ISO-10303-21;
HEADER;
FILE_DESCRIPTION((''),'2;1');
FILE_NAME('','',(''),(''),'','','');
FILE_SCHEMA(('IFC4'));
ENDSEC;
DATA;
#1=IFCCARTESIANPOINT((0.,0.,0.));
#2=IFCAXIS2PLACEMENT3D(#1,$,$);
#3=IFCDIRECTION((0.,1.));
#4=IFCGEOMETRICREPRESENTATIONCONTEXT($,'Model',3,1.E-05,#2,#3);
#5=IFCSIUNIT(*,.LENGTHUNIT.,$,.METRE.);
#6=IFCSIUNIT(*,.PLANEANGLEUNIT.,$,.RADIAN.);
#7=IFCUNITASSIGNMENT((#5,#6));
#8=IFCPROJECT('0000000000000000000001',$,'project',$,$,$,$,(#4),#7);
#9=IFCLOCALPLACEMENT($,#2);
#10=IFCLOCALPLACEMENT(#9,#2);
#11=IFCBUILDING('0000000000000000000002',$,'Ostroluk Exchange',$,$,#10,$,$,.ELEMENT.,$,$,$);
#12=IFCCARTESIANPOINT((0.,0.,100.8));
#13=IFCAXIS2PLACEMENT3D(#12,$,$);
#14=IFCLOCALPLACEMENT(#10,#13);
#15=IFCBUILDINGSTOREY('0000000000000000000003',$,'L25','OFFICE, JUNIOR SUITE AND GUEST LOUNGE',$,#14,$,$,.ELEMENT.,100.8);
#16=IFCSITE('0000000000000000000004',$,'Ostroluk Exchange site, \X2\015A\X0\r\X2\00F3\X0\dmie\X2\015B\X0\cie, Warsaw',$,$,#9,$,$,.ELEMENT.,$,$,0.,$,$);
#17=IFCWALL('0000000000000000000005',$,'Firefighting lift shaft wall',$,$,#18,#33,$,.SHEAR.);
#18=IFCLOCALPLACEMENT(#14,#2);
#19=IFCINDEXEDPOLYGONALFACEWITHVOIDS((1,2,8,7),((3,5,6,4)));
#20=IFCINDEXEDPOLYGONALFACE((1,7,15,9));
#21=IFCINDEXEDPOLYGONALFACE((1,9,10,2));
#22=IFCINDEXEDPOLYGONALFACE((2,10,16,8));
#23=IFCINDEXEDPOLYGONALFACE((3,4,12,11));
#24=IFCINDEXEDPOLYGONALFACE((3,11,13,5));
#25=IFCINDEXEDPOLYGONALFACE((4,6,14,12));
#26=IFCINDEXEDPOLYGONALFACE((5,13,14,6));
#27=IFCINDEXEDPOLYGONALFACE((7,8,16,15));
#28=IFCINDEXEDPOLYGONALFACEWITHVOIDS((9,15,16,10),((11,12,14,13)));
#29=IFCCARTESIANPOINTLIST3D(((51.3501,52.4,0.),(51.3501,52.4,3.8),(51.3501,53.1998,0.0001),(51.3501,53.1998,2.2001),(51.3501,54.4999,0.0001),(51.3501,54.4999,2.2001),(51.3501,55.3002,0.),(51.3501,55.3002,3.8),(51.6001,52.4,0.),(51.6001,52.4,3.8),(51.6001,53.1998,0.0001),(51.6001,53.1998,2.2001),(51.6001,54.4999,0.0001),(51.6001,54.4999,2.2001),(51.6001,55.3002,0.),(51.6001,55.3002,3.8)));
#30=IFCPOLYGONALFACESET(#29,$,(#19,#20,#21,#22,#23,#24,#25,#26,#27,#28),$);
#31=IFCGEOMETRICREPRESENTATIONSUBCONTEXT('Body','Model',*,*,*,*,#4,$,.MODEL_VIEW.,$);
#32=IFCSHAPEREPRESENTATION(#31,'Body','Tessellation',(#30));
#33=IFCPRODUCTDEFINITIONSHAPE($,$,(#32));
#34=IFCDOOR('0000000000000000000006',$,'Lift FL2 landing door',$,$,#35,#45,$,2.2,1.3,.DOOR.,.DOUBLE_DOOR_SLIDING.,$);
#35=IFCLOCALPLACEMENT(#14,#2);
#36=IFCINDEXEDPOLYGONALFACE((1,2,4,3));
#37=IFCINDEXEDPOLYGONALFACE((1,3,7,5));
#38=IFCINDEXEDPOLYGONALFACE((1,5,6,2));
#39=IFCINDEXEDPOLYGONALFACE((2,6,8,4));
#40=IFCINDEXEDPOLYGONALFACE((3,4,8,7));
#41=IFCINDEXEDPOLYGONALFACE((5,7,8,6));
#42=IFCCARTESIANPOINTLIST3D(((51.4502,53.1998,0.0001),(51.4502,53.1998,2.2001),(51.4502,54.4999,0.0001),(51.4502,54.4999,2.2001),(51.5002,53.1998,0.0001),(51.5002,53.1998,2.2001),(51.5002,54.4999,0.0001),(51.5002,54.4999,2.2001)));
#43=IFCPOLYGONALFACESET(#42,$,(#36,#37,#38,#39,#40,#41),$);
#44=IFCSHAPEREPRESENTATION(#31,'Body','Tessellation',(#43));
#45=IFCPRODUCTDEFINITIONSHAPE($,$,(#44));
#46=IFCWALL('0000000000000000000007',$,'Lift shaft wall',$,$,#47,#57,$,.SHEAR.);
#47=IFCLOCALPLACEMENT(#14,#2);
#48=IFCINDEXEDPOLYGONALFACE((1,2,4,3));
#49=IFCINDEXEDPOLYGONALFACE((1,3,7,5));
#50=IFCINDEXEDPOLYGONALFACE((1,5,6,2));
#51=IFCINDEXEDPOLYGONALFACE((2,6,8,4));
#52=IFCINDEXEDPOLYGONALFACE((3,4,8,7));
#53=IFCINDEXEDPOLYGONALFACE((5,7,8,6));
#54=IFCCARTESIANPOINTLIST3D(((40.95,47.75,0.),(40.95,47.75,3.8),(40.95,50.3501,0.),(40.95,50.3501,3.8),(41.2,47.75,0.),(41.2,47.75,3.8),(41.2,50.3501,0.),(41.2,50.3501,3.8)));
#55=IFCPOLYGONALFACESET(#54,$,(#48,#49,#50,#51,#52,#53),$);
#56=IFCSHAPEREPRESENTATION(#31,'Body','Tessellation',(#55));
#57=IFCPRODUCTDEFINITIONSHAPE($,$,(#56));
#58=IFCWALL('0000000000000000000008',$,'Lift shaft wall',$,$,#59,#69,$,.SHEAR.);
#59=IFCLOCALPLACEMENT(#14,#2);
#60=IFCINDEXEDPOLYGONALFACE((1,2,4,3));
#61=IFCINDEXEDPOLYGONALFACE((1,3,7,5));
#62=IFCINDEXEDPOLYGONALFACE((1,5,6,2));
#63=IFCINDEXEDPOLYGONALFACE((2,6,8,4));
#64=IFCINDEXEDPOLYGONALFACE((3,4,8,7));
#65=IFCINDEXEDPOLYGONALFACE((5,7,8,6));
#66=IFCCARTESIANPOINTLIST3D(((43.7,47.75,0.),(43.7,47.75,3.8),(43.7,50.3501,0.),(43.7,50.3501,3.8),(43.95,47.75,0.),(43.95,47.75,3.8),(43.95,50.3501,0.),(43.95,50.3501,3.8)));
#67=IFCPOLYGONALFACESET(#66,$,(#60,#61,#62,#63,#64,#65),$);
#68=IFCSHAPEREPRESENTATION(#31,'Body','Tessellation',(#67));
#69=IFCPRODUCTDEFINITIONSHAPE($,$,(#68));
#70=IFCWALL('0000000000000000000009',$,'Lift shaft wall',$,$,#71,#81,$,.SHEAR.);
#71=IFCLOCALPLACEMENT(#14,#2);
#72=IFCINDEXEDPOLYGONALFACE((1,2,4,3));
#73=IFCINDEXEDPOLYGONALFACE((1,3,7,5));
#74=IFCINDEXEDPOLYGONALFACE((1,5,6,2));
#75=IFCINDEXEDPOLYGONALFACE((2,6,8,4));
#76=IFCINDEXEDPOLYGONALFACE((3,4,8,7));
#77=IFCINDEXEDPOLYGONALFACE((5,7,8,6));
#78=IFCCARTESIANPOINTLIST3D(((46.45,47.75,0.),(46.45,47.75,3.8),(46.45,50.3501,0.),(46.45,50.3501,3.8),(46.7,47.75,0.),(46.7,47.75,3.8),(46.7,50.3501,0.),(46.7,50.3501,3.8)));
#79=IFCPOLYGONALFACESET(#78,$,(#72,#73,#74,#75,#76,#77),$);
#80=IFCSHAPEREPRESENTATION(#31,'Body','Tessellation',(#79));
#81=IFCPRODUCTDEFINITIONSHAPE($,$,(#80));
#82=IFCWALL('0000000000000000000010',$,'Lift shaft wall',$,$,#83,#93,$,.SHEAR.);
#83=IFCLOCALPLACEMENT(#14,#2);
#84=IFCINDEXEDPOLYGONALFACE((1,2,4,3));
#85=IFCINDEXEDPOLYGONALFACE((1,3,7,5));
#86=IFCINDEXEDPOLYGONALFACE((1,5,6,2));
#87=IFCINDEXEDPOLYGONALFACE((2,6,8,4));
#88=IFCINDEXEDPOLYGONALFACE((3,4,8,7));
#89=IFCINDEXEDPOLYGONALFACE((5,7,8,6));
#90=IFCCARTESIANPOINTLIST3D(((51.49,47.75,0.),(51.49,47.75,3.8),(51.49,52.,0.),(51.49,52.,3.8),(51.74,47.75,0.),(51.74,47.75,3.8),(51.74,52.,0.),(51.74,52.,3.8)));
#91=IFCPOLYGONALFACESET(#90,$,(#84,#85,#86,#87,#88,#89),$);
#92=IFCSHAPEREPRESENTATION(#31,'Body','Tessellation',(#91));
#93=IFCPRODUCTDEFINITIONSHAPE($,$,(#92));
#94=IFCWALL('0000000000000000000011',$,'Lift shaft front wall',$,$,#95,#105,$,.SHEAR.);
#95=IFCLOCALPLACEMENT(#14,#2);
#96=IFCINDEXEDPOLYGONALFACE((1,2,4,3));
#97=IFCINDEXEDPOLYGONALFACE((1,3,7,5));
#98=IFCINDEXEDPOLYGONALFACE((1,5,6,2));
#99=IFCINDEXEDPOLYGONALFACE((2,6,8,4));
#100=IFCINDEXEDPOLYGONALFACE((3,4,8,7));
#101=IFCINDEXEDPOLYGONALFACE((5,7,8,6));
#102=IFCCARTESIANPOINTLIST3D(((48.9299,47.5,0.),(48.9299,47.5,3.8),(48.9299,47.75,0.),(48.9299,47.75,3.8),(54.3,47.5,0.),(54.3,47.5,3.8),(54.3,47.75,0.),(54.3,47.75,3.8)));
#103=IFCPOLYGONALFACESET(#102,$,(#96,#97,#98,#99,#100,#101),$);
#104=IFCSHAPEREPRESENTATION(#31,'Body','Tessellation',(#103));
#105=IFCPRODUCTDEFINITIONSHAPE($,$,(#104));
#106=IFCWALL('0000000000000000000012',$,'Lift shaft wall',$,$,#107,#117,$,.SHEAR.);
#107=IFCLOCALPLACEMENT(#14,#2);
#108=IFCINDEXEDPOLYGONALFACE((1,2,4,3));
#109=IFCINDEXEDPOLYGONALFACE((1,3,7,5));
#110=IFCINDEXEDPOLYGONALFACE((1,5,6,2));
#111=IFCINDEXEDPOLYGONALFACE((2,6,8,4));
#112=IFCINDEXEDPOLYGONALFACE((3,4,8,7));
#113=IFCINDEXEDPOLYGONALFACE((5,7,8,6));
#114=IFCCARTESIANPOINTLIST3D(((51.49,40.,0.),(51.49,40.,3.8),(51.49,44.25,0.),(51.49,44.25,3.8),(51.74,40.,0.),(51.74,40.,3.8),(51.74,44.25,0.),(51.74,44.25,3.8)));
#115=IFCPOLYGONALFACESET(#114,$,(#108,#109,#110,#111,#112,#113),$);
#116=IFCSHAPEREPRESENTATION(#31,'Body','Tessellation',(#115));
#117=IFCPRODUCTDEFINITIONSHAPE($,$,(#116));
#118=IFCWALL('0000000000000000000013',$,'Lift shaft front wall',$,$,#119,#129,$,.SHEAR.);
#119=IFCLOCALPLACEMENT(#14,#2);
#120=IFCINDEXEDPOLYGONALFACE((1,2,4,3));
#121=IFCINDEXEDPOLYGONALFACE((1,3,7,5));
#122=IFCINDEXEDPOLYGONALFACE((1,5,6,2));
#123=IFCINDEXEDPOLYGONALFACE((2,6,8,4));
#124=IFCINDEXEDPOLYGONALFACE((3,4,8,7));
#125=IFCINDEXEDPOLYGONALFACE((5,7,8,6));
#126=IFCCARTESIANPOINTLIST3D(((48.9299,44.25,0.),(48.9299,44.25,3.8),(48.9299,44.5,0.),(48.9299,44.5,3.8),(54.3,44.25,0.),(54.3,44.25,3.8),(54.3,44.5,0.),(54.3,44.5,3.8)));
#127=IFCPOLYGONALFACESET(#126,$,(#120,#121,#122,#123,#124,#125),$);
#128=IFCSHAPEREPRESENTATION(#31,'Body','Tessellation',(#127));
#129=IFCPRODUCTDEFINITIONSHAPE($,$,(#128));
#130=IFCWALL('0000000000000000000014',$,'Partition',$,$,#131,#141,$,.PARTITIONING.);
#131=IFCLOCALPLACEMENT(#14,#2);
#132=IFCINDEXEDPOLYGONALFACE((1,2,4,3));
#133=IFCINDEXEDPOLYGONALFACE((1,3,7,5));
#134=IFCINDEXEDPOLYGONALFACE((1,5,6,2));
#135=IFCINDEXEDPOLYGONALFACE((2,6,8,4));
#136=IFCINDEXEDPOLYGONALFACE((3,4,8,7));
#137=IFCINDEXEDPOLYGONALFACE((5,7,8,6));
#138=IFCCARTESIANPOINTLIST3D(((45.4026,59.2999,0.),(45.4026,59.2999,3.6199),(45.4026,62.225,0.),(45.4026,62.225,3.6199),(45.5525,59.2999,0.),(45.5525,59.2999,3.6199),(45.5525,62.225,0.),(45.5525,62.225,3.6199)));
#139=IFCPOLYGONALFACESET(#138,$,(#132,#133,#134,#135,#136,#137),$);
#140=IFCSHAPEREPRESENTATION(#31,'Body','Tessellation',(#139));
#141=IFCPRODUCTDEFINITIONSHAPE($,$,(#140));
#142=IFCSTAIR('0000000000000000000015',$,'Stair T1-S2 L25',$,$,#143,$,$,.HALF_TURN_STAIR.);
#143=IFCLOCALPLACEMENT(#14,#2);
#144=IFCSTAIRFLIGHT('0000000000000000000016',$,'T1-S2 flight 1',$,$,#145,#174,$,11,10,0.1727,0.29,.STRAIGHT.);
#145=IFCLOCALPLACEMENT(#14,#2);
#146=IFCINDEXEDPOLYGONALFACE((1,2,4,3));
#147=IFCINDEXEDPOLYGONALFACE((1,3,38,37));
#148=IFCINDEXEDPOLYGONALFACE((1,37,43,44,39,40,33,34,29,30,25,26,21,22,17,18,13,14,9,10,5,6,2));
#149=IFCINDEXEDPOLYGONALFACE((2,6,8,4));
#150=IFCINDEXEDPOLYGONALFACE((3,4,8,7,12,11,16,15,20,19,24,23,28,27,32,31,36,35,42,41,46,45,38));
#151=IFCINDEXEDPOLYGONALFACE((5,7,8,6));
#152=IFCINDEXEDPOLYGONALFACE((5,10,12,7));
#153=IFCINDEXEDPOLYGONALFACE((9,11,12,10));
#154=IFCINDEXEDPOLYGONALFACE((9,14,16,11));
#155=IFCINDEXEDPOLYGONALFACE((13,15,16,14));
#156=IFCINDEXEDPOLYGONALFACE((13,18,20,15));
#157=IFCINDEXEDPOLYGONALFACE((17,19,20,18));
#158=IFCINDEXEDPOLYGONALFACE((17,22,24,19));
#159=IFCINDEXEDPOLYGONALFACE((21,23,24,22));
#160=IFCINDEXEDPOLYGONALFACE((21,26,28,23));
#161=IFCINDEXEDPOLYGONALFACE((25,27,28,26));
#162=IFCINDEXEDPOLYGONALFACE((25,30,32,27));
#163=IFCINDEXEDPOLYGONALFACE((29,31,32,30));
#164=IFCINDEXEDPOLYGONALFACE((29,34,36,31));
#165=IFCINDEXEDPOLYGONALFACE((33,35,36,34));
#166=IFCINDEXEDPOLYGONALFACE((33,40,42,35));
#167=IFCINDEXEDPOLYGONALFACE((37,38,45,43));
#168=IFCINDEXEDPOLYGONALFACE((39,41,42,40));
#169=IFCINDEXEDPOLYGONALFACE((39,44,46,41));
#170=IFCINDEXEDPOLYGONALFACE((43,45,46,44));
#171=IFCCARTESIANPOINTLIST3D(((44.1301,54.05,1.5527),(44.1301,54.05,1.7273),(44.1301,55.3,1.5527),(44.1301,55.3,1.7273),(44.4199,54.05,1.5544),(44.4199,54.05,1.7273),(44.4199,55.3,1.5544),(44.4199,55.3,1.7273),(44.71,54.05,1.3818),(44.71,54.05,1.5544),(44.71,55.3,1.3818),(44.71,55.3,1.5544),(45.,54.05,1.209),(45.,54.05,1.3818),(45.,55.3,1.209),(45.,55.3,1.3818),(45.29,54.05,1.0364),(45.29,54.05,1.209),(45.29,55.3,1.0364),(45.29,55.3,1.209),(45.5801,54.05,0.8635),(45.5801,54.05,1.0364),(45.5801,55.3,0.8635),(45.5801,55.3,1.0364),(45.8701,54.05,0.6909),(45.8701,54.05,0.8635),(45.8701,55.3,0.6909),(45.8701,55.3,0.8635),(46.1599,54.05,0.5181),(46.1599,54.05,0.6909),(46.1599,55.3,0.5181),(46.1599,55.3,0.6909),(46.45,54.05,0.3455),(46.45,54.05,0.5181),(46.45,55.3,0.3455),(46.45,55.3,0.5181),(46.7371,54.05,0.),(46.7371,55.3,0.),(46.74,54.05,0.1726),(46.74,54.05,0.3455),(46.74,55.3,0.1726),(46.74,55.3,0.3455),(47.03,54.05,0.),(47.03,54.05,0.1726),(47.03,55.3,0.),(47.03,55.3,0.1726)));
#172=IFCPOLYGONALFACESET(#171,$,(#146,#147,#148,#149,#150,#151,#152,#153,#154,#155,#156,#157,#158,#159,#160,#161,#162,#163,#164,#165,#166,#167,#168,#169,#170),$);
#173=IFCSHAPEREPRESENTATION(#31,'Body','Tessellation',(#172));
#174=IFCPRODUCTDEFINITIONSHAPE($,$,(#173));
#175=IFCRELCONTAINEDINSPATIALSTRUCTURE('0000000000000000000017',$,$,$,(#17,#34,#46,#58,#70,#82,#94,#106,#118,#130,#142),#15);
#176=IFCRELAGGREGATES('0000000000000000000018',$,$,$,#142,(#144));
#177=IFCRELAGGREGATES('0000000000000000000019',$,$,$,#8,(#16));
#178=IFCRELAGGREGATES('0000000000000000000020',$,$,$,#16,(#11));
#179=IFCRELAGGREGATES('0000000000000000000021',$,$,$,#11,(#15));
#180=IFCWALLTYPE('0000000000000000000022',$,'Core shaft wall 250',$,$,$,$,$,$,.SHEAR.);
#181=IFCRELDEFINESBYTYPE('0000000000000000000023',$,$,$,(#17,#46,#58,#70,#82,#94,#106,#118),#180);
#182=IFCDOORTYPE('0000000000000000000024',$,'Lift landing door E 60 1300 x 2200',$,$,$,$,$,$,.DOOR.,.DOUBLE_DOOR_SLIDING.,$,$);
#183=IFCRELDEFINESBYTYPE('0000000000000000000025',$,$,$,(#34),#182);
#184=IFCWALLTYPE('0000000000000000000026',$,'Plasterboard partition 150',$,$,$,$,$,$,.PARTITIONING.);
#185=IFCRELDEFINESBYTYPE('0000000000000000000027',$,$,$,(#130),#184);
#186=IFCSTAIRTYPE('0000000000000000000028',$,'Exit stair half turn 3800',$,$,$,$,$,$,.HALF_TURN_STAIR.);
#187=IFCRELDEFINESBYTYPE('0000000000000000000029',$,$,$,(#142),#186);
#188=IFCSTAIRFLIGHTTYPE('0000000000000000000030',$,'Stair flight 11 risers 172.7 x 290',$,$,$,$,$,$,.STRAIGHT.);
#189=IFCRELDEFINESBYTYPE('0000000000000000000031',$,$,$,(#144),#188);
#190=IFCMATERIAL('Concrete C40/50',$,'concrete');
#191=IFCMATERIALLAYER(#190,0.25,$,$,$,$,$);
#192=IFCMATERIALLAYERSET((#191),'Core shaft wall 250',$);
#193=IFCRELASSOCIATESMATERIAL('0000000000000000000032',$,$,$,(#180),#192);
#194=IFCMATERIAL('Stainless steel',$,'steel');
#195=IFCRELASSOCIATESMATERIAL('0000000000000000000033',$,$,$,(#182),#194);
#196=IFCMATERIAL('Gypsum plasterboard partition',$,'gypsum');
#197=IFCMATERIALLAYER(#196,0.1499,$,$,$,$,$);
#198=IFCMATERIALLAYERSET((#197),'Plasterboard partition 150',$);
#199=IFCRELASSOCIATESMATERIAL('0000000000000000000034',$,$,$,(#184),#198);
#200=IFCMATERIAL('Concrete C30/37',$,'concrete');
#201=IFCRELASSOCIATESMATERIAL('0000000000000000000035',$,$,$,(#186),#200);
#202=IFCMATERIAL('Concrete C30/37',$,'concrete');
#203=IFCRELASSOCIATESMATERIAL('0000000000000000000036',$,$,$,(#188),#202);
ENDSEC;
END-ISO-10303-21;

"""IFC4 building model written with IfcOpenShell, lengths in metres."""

from ifc_helpers import new_model, si_unit, direction, frame, frame_2d, origin, place, context, subcontext, project, spatial, polyline, rectangle, outline, extrude, material, layer, layer_set, type_object, element, fill, aggregate, save


model = new_model("IFC4")

# Units and contexts
model_context = context("Model", 3, precision=1e-05, world=origin(), true_north=direction((0.0, 1.0)))
body_context = subcontext(model_context, "Body", "Model", "MODEL_VIEW")
ifc_project = project(units=[si_unit("LENGTHUNIT", "METRE"), si_unit("PLANEANGLEUNIT", "RADIAN")], contexts=[model_context])

# Site, building, storey
site_placement = place(None, origin())
site = spatial("IfcSite", under=ifc_project, at=site_placement, Name="Ostroluk Exchange site, Śródmieście, Warsaw", CompositionType="ELEMENT", RefElevation=0.0)
building_placement = place(site_placement, origin())
building = spatial("IfcBuilding", under=site, at=building_placement, Name="Ostroluk Exchange", CompositionType="ELEMENT")
storey_placement = place(building_placement, frame((0.0, 0.0, 100.8)))
storey = spatial("IfcBuildingStorey", under=building, at=storey_placement, Name="L25", Description="OFFICE, JUNIOR SUITE AND GUEST LOUNGE", CompositionType="ELEMENT", Elevation=100.8)

# Wall, opening, door
ifc_material_1 = material(Name="Concrete C40/50", Category="concrete")
ifc_layer_1 = layer(ifc_material_1, 0.25)
ifc_layer_set_1 = layer_set([ifc_layer_1], Name="Core shaft wall 250")
wall_type_1 = type_object("IfcWallType", Name="Core shaft wall 250", PredefinedType="SHEAR", material=ifc_layer_set_1)
wall_1_placement = place(storey_placement, frame((51.4751, 52.3999, 0.0), z_axis=(0.0, 0.0, 1.0), x_axis=(0.0, 1.0, 0.0)))
wall_1 = element("IfcWall", 1, at=wall_1_placement, inside=storey, type_object=wall_type_1, Name="Firefighting lift shaft wall", PredefinedType="SHEAR", context=body_context, shape_type="SweptSolid", body=[
    extrude(rectangle(XDim=2.9001, YDim=0.25, at=frame_2d((1.4502, 0.0))), origin(), (0.0, 0.0, 1.0), 3.8),
])
opening_1_placement = place(wall_1_placement, frame((0.8, 0.0, 0.0)))
opening_1 = element("IfcOpeningElement", 2, at=opening_1_placement, cuts=wall_1, PredefinedType="OPENING", context=body_context, shape_type="SweptSolid", body=[
    extrude(rectangle(XDim=1.3, YDim=2.2, at=frame_2d((0.6499, 1.1001))), frame((0.0, 0.135, 0.0), z_axis=(0.0, -1.0, 0.0), x_axis=(1.0, 0.0, 0.0)), (0.0, 0.0, 1.0), 0.27),
])
ifc_material_2 = material(Name="Stainless steel", Category="steel")
door_type_1 = type_object("IfcDoorType", Name="Lift landing door E 60 1300 x 2200", OperationType="DOUBLE_DOOR_SLIDING", PredefinedType="DOOR", material=ifc_material_2)
door_1_placement = place(opening_1_placement, origin())
door_1 = element("IfcDoor", 3, at=door_1_placement, inside=storey, type_object=door_type_1, Name="Lift FL2 landing door", OperationType="DOUBLE_DOOR_SLIDING", OverallHeight=2.2, OverallWidth=1.3, PredefinedType="DOOR", context=body_context, shape_type="SweptSolid", body=[
    extrude(rectangle(XDim=1.3, YDim=2.2, at=frame_2d((0.6499, 1.1001))), frame((0.0, 0.0249, 0.0), z_axis=(0.0, -1.0, 0.0), x_axis=(1.0, 0.0, 0.0)), (0.0, 0.0, 1.0), 0.05),
])
fill(opening_1, door_1)

# Walls
for number, where, z_axis, x_axis, name in (
    (4, (41.075, 47.75, 0.0), (0.0, 0.0, 1.0), (0.0, 1.0, 0.0), "Lift shaft wall"),
    (5, (43.825, 47.75, 0.0), (0.0, 0.0, 1.0), (0.0, 1.0, 0.0), "Lift shaft wall"),
    (6, (46.575, 47.75, 0.0), (0.0, 0.0, 1.0), (0.0, 1.0, 0.0), "Lift shaft wall"),
):
    element("IfcWall", number, at=place(storey_placement, frame(where, z_axis=z_axis, x_axis=x_axis)), inside=storey, type_object=wall_type_1, Name=name, PredefinedType="SHEAR", context=body_context, shape_type="SweptSolid", body=[
        extrude(rectangle(XDim=2.6001, YDim=0.25, at=frame_2d((1.3, 0.0))), origin(), (0.0, 0.0, 1.0), 3.8),
    ])
wall_2_placement = place(storey_placement, frame((51.615, 47.75, 0.0), z_axis=(0.0, 0.0, 1.0), x_axis=(0.0, 1.0, 0.0)))
element("IfcWall", 7, at=wall_2_placement, inside=storey, type_object=wall_type_1, Name="Lift shaft wall", PredefinedType="SHEAR", context=body_context, shape_type="SweptSolid", body=[
    extrude(rectangle(XDim=4.25, YDim=0.25, at=frame_2d((2.125, 0.0))), origin(), (0.0, 0.0, 1.0), 3.8),
])
wall_3_placement = place(storey_placement, frame((48.9299, 47.625, 0.0), z_axis=(0.0, 0.0, 1.0), x_axis=(1.0, 0.0, 0.0)))
element("IfcWall", 8, at=wall_3_placement, inside=storey, type_object=wall_type_1, Name="Lift shaft front wall", PredefinedType="SHEAR", context=body_context, shape_type="SweptSolid", body=[
    extrude(rectangle(XDim=5.3701, YDim=0.25, at=frame_2d((2.6851, 0.0))), origin(), (0.0, 0.0, 1.0), 3.8),
])
wall_4_placement = place(storey_placement, frame((51.615, 44.25, 0.0), z_axis=(0.0, 0.0, 1.0), x_axis=(0.0, -1.0, 0.0)))
element("IfcWall", 9, at=wall_4_placement, inside=storey, type_object=wall_type_1, Name="Lift shaft wall", PredefinedType="SHEAR", context=body_context, shape_type="SweptSolid", body=[
    extrude(rectangle(XDim=4.25, YDim=0.25, at=frame_2d((2.125, 0.0))), origin(), (0.0, 0.0, 1.0), 3.8),
])
wall_5_placement = place(storey_placement, frame((48.9299, 44.375, 0.0), z_axis=(0.0, 0.0, 1.0), x_axis=(1.0, 0.0, 0.0)))
element("IfcWall", 10, at=wall_5_placement, inside=storey, type_object=wall_type_1, Name="Lift shaft front wall", PredefinedType="SHEAR", context=body_context, shape_type="SweptSolid", body=[
    extrude(rectangle(XDim=5.3701, YDim=0.25, at=frame_2d((2.6851, 0.0))), origin(), (0.0, 0.0, 1.0), 3.8),
])
ifc_material_3 = material(Name="Gypsum plasterboard partition", Category="gypsum")
ifc_layer_2 = layer(ifc_material_3, 0.1499)
ifc_layer_set_2 = layer_set([ifc_layer_2], Name="Plasterboard partition 150")
wall_type_2 = type_object("IfcWallType", Name="Plasterboard partition 150", PredefinedType="PARTITIONING", material=ifc_layer_set_2)
wall_6_placement = place(storey_placement, frame((45.4775, 59.3, 0.0), z_axis=(0.0, 0.0, 1.0), x_axis=(0.0, 1.0, 0.0)))
element("IfcWall", 11, at=wall_6_placement, inside=storey, type_object=wall_type_2, Name="Partition", PredefinedType="PARTITIONING", context=body_context, shape_type="SweptSolid", body=[
    extrude(rectangle(XDim=2.925, YDim=0.1499, at=frame_2d((1.4624, 0.0))), origin(), (0.0, 0.0, 1.0), 3.6199),
])

# Stair, stair flight
ifc_material_4 = material(Name="Concrete C30/37", Category="concrete")
stair_type = type_object("IfcStairType", Name="Exit stair half turn 3800", PredefinedType="HALF_TURN_STAIR", material=ifc_material_4)
stair_placement = place(storey_placement, origin())
stair = element("IfcStair", 12, at=stair_placement, inside=storey, type_object=stair_type, Name="Stair T1-S2 L25", PredefinedType="HALF_TURN_STAIR")
ifc_material_5 = material(Name="Concrete C30/37", Category="concrete")
stair_flight_type = type_object("IfcStairFlightType", Name="Stair flight 11 risers 172.7 x 290", PredefinedType="STRAIGHT", material=ifc_material_5)
stair_flight_1_placement = place(storey_placement, frame((47.03, 54.675, 0.0), z_axis=(0.0, 0.0, 1.0), x_axis=(-1.0, 0.0, 0.0)))
stair_flight_1 = element("IfcStairFlight", 13, at=stair_flight_1_placement, type_object=stair_flight_type, Name="T1-S2 flight 1", NumberOfRisers=11, NumberOfTreads=10, PredefinedType="STRAIGHT", RiserHeight=0.1727, TreadLength=0.29, context=body_context, shape_type="SweptSolid", body=[
    extrude(outline(polyline([(0.0, 0.0), (0.0, 0.1726), (0.29, 0.1726), (0.29, 0.3455), (0.5801, 0.3455), (0.5801, 0.5181), (0.8701, 0.5181), (0.8701, 0.6909), (1.1599, 0.6909), (1.1599, 0.8635), (1.45, 0.8635), (1.45, 1.0364), (1.74, 1.0364), (1.74, 1.209), (2.03, 1.209), (2.03, 1.3818), (2.3201, 1.3818), (2.3201, 1.5544), (2.6101, 1.5544), (2.6101, 1.7273), (2.8999, 1.7273), (2.8999, 1.8999), (2.8999, 1.5527), (0.293, 0.0), (0.0, 0.0)])), frame((0.0, 0.625, 0.0), z_axis=(0.0, -1.0, 0.0), x_axis=(1.0, 0.0, 0.0)), (0.0, 0.0, 1.0), 1.25),
])
aggregate(stair, [stair_flight_1])

save(model, "model.ifc")
